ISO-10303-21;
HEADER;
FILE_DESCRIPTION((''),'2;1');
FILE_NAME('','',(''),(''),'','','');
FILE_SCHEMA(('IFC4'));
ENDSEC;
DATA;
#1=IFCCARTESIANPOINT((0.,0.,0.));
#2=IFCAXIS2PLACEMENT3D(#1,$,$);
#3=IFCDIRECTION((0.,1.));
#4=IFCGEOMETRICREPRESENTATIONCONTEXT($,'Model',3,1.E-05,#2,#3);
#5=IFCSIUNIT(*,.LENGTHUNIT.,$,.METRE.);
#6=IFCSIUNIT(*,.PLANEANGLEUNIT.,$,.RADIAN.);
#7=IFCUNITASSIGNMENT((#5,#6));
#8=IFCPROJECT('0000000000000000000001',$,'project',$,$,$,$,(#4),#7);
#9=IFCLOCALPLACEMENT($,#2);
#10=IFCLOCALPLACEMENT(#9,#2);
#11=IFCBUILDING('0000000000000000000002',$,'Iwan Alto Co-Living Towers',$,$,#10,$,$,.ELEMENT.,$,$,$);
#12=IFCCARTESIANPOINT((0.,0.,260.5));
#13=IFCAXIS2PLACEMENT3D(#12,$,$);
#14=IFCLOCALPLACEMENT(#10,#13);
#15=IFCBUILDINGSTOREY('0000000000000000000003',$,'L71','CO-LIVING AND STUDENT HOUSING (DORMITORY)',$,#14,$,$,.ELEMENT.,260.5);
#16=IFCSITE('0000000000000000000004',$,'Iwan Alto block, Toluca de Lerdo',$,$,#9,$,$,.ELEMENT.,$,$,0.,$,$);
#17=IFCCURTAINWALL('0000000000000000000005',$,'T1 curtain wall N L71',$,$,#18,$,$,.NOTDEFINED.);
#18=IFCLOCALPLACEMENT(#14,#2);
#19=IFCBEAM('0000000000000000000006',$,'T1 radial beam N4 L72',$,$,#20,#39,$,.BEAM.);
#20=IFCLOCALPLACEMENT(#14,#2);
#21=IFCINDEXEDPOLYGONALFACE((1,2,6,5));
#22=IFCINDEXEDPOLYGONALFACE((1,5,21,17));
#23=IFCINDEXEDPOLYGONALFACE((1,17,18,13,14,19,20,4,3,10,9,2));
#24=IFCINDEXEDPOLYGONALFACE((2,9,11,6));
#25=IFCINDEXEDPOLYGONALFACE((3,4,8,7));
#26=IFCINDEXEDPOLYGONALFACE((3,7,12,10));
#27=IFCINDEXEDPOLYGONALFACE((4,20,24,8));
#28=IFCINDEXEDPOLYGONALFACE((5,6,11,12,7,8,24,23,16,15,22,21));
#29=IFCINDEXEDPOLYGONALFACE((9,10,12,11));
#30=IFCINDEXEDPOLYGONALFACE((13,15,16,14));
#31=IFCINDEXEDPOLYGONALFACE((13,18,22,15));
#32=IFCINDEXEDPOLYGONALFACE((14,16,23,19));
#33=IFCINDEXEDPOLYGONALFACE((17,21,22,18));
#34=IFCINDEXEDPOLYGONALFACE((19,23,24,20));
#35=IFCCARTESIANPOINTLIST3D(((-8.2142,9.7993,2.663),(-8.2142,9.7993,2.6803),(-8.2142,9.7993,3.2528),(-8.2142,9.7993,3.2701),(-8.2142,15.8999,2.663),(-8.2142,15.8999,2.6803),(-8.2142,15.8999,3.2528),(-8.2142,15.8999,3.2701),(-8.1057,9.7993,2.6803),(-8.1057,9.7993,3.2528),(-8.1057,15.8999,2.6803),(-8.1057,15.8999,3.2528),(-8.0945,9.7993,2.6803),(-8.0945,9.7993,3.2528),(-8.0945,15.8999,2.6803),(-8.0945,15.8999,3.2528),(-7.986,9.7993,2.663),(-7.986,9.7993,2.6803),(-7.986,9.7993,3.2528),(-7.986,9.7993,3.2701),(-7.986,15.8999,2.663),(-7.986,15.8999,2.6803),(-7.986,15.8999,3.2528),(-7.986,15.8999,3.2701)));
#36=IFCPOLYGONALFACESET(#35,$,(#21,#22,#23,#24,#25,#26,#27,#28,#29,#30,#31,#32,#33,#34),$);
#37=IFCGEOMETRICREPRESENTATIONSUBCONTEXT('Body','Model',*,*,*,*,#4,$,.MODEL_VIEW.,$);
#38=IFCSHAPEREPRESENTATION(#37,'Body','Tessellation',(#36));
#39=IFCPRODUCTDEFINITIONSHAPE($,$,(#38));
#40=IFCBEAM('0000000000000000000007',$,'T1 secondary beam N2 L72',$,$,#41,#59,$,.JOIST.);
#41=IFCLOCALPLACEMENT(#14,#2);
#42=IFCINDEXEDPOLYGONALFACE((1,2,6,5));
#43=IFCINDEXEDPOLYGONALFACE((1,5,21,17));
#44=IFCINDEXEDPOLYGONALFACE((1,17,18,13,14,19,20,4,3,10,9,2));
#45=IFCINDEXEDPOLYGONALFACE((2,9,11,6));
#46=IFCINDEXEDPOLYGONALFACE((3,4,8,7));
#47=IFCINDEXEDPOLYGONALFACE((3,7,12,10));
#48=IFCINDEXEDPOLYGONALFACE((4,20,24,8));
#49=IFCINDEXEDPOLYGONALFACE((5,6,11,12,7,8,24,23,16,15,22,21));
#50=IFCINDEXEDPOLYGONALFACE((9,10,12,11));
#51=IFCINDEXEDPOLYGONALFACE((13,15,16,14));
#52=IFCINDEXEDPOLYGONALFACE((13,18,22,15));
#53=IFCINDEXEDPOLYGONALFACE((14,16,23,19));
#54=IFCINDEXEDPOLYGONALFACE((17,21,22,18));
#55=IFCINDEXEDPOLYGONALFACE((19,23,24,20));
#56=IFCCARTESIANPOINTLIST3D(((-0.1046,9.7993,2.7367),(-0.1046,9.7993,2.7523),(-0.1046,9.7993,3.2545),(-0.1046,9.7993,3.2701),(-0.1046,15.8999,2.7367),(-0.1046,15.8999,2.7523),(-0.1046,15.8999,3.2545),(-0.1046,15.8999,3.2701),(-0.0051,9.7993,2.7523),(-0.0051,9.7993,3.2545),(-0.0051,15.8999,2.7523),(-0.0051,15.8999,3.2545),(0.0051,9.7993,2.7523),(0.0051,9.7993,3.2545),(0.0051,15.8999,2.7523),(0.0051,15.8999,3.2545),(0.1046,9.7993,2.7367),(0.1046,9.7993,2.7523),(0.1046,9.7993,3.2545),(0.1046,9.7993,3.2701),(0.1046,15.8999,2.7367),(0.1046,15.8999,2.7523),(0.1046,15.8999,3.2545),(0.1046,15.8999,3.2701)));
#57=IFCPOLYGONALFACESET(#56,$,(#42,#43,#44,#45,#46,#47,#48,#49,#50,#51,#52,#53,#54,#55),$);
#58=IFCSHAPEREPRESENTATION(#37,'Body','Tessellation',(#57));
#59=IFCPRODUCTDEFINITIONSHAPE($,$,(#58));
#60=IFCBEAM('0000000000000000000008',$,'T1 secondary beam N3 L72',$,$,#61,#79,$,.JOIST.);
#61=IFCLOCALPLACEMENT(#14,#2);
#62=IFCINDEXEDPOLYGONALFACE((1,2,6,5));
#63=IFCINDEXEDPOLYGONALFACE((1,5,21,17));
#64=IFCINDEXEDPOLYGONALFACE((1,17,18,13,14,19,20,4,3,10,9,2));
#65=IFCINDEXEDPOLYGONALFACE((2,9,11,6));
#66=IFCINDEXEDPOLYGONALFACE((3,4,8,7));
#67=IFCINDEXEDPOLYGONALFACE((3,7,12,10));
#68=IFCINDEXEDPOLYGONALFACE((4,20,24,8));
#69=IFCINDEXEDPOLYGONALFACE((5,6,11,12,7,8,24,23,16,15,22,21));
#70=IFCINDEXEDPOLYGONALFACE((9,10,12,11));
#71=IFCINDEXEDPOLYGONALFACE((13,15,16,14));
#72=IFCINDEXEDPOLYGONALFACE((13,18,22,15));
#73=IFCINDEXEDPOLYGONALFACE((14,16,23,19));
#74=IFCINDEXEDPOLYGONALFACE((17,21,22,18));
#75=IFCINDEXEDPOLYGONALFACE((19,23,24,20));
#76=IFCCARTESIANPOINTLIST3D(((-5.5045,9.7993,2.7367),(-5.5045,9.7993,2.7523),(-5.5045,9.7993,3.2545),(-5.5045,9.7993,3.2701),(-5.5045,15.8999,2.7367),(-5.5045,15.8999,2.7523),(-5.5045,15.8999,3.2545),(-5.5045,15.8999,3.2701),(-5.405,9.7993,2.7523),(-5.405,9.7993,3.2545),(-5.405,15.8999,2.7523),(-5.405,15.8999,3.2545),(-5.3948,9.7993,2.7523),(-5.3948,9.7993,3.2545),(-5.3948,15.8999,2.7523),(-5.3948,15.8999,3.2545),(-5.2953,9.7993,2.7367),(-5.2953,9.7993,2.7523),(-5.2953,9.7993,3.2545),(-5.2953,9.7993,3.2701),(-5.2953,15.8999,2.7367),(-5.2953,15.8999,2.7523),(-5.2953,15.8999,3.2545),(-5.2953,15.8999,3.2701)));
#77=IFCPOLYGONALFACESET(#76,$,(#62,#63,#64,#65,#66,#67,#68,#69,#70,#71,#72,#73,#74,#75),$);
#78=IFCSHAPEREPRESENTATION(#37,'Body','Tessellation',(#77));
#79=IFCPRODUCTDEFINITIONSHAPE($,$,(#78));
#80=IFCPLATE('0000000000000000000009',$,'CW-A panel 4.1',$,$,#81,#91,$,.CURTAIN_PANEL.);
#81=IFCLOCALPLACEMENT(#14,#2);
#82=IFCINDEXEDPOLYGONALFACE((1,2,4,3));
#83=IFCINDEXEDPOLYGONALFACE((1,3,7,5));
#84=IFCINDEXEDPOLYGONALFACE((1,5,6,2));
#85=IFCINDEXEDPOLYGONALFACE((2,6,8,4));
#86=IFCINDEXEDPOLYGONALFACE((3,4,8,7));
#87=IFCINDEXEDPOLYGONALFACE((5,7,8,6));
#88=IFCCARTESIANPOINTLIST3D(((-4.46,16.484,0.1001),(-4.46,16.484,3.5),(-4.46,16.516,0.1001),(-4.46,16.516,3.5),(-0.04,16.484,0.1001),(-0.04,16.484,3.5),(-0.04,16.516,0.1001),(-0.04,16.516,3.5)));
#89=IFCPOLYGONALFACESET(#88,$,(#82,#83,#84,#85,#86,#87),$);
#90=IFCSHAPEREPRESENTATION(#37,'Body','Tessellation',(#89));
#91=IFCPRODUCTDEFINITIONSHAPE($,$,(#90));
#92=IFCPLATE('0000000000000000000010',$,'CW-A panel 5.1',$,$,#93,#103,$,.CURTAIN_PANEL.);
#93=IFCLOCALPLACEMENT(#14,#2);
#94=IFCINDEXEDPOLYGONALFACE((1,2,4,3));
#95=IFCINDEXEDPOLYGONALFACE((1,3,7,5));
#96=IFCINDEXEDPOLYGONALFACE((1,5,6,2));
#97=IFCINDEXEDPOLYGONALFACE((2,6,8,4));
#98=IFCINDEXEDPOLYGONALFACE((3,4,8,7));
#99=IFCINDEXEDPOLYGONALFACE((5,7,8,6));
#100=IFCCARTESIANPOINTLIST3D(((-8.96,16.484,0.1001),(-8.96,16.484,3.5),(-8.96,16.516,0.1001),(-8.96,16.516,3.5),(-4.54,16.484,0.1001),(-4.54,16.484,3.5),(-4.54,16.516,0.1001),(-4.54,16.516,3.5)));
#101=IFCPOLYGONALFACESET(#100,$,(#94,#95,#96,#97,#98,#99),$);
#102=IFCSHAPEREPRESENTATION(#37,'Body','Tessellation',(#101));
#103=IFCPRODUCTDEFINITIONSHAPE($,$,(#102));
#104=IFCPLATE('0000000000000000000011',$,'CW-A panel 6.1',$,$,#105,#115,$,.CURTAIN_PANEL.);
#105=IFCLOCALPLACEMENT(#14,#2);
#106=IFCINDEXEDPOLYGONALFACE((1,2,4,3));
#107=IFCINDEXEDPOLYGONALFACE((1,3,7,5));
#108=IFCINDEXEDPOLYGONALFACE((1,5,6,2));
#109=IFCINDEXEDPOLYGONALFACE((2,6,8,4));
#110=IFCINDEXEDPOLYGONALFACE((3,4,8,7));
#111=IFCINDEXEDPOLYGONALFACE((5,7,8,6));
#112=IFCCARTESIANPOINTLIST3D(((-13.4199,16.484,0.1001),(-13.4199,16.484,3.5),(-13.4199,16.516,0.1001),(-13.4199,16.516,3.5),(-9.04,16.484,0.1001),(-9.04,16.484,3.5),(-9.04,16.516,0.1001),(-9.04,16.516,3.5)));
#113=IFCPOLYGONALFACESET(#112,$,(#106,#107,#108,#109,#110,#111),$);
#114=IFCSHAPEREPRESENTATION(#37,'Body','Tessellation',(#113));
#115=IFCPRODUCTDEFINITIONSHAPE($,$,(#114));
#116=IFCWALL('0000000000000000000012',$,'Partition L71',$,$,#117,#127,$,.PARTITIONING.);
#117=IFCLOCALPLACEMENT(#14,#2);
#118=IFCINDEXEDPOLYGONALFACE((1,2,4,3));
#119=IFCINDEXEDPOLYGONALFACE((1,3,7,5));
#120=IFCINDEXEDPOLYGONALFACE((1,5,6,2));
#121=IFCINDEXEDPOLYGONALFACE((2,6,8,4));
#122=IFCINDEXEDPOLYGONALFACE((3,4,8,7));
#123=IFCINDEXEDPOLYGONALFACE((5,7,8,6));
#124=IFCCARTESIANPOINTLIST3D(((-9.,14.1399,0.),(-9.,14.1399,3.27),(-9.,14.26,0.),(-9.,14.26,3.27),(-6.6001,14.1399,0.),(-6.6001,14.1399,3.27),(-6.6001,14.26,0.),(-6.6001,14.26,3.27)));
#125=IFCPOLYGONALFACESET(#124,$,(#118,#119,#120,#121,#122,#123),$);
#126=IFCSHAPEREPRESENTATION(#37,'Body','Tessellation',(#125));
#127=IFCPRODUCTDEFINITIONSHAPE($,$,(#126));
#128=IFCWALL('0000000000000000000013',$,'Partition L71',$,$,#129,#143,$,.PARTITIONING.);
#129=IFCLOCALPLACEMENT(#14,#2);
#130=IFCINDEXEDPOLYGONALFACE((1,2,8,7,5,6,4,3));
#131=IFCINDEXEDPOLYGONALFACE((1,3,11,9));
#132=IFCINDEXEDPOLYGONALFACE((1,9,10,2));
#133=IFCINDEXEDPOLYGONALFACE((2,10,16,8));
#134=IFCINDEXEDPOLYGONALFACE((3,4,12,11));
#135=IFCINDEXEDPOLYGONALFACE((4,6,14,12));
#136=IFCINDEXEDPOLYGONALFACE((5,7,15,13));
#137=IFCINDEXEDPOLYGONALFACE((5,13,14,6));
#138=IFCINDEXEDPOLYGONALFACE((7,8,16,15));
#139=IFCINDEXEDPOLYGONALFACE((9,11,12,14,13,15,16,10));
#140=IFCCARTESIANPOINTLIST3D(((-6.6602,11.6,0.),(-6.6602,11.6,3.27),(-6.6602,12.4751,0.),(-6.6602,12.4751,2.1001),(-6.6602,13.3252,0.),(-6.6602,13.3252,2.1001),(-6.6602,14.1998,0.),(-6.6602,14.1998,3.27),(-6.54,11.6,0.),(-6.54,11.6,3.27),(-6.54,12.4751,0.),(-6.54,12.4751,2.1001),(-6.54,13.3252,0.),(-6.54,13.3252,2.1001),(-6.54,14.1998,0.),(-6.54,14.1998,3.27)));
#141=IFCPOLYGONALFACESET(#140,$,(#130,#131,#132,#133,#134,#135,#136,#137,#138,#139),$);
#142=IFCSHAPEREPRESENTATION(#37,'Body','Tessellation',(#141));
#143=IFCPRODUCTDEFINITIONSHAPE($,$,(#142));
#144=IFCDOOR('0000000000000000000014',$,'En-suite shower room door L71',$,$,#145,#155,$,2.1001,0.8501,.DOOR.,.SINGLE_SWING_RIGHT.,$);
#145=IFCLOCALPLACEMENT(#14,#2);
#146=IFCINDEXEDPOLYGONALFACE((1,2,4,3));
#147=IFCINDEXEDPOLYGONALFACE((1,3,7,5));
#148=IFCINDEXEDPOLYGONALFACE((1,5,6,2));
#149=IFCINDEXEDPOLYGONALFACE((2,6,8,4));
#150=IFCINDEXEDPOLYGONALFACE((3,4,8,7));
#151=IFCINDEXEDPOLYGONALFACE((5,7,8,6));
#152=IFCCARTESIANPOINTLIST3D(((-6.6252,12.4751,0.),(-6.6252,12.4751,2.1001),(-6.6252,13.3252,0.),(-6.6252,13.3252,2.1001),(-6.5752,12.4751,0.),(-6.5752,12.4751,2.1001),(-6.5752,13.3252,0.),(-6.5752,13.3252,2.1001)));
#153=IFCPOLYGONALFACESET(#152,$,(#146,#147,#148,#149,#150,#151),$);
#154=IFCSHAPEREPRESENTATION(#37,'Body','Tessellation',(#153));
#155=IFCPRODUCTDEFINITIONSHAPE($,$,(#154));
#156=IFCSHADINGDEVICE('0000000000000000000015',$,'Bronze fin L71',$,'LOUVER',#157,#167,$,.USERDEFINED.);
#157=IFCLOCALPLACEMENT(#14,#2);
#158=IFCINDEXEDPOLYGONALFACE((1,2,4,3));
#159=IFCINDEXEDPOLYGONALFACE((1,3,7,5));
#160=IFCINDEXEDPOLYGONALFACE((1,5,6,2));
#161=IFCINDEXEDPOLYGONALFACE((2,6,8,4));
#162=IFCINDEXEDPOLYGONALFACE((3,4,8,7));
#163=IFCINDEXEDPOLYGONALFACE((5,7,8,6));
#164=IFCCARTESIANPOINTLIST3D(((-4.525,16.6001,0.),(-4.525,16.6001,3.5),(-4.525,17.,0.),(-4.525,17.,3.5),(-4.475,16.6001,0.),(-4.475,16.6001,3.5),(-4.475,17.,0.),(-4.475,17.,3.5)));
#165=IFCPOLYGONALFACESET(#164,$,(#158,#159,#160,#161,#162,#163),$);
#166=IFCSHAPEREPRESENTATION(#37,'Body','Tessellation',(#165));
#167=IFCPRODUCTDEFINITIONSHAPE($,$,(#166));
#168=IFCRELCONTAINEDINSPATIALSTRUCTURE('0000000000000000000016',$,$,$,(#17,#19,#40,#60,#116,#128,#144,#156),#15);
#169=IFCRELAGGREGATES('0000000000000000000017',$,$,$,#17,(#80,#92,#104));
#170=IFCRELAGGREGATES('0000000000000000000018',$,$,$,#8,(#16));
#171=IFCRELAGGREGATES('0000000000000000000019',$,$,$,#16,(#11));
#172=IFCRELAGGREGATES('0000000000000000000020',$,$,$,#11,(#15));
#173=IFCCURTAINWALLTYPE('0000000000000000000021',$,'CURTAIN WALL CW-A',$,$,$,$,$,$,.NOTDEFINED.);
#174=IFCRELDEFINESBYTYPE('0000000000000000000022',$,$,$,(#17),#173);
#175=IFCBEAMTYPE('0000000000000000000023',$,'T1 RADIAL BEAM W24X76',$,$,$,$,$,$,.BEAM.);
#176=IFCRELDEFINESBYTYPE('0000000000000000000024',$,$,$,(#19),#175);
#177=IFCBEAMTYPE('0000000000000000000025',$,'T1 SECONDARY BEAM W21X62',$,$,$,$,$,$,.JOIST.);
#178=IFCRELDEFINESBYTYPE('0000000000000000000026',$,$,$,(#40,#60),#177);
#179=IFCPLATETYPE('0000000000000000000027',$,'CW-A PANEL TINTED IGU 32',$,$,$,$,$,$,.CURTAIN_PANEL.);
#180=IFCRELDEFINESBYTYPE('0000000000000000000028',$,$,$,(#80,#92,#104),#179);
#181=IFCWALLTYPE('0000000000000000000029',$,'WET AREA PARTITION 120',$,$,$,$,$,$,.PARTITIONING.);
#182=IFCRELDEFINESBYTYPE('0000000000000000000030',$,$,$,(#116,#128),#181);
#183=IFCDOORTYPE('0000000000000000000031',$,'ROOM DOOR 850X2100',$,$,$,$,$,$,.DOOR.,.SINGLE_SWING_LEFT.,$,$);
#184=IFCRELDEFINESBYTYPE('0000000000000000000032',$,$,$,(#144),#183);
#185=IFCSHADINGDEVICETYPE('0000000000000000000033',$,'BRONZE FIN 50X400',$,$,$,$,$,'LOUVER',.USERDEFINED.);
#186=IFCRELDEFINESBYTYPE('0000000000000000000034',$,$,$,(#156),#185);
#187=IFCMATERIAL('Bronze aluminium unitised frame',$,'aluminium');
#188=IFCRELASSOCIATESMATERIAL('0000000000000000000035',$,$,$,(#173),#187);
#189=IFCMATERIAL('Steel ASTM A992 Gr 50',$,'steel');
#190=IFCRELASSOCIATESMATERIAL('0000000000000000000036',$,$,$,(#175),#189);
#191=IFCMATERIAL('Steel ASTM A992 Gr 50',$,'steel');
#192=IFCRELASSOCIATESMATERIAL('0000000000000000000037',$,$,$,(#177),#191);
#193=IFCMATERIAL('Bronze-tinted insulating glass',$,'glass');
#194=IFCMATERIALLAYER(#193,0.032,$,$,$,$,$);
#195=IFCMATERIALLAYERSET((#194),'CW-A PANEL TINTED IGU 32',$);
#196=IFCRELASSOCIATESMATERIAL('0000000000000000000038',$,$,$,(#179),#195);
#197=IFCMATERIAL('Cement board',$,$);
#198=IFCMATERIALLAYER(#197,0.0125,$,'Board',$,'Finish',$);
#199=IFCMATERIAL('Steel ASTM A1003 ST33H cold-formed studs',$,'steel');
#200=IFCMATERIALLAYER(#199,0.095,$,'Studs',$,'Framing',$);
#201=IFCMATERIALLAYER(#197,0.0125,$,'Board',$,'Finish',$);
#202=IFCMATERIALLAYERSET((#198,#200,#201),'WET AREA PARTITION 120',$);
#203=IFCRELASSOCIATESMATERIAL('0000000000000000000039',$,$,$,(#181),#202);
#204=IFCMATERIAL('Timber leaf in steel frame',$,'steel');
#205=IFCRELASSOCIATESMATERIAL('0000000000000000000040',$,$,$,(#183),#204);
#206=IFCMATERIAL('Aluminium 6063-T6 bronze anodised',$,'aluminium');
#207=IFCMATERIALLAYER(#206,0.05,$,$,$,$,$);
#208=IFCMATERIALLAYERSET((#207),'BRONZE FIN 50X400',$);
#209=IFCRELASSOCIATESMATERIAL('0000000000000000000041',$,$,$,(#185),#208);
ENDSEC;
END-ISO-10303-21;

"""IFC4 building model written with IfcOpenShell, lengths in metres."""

from ifc_helpers import new_model, si_unit, direction, frame, frame_2d, origin, origin_2d, place, context, subcontext, project, spatial, rectangle, i_section, extrude, material, layer, layer_set, material_profile, profile_set, type_object, element, fill, aggregate, save


model = new_model("IFC4")

# Units and contexts
model_context = context("Model", 3, precision=1e-05, world=origin(), true_north=direction((0.0, 1.0)))
body_context = subcontext(model_context, "Body", "Model", "MODEL_VIEW")
ifc_project = project(units=[si_unit("LENGTHUNIT", "METRE"), si_unit("PLANEANGLEUNIT", "RADIAN")], contexts=[model_context])

# Site, building, storey
site_placement = place(None, origin())
site = spatial("IfcSite", under=ifc_project, at=site_placement, Name="Iwan Alto block, Toluca de Lerdo", CompositionType="ELEMENT", RefElevation=0.0)
building_placement = place(site_placement, origin())
building = spatial("IfcBuilding", under=site, at=building_placement, Name="Iwan Alto Co-Living Towers", CompositionType="ELEMENT")
storey_placement = place(building_placement, frame((0.0, 0.0, 260.5)))
storey = spatial("IfcBuildingStorey", under=building, at=storey_placement, Name="L71", Description="CO-LIVING AND STUDENT HOUSING (DORMITORY)", CompositionType="ELEMENT", Elevation=260.5)

# Curtain wall
ifc_material_1 = material(Name="Bronze aluminium unitised frame", Category="aluminium")
curtain_wall_type = type_object("IfcCurtainWallType", Name="CURTAIN WALL CW-A", PredefinedType="NOTDEFINED", material=ifc_material_1)
curtain_wall_placement = place(storey_placement, origin())
curtain_wall = element("IfcCurtainWall", 1, at=curtain_wall_placement, inside=storey, type_object=curtain_wall_type, Name="T1 curtain wall N L71", PredefinedType="NOTDEFINED")

# Beams
ifc_material_2 = material(Name="Steel ASTM A992 Gr 50", Category="steel")
ifc_material_profile_1 = material_profile(ifc_material_2, i_section(OverallWidth=0.2283, OverallDepth=0.6072, WebThickness=0.0112, FlangeThickness=0.0173, at=origin_2d()), Name="W24X76")
ifc_profile_set_1 = profile_set([ifc_material_profile_1], Name="Steel ASTM A992 Gr 50")
beam_type_1 = type_object("IfcBeamType", Name="T1 RADIAL BEAM W24X76", PredefinedType="BEAM", material=ifc_profile_set_1)
for number, where, z_axis, x_axis, name in (
    (2, (-8.1001, 15.8999, 2.9666), (0.0, -1.0, 0.0), (1.0, 0.0, 0.0), "T1 radial beam N4 L72"),
):
    element("IfcBeam", number, at=place(storey_placement, frame(where, z_axis=z_axis, x_axis=x_axis)), inside=storey, type_object=beam_type_1, Name=name, PredefinedType="BEAM", context=body_context, shape_type="SweptSolid", body=[
        extrude(i_section(OverallWidth=0.2283, OverallDepth=0.6072, WebThickness=0.0112, FlangeThickness=0.0173, at=origin_2d()), origin(), (0.0, 0.0, 1.0), 6.1006),
    ])
ifc_material_3 = material(Name="Steel ASTM A992 Gr 50", Category="steel")
ifc_material_profile_2 = material_profile(ifc_material_3, i_section(OverallWidth=0.2092, OverallDepth=0.5334, WebThickness=0.0103, FlangeThickness=0.0156, at=origin_2d()), Name="W21X62")
ifc_profile_set_2 = profile_set([ifc_material_profile_2], Name="Steel ASTM A992 Gr 50")
beam_type_2 = type_object("IfcBeamType", Name="T1 SECONDARY BEAM W21X62", PredefinedType="JOIST", material=ifc_profile_set_2)
for number, where, z_axis, x_axis, name in (
    (3, (0.0, 15.8999, 3.0034), (0.0, -1.0, 0.0), (1.0, 0.0, 0.0), "T1 secondary beam N2 L72"),
    (4, (-5.3999, 15.8999, 3.0034), (0.0, -1.0, 0.0), (1.0, 0.0, 0.0), "T1 secondary beam N3 L72"),
):
    element("IfcBeam", number, at=place(storey_placement, frame(where, z_axis=z_axis, x_axis=x_axis)), inside=storey, type_object=beam_type_2, Name=name, PredefinedType="JOIST", context=body_context, shape_type="SweptSolid", body=[
        extrude(i_section(OverallWidth=0.2092, OverallDepth=0.5334, WebThickness=0.0103, FlangeThickness=0.0156, at=origin_2d()), origin(), (0.0, 0.0, 1.0), 6.1006),
    ])

# Plates
ifc_material_4 = material(Name="Bronze-tinted insulating glass", Category="glass")
ifc_layer_1 = layer(ifc_material_4, 0.032)
ifc_layer_set_1 = layer_set([ifc_layer_1], Name="CW-A PANEL TINTED IGU 32")
plate_type = type_object("IfcPlateType", Name="CW-A PANEL TINTED IGU 32", PredefinedType="CURTAIN_PANEL", material=ifc_layer_set_1)
plate_1_placement = place(storey_placement, frame((-2.25, 16.5, 0.1001), z_axis=(0.0, 0.0, 1.0), x_axis=(-1.0, 0.0, 0.0)))
plate_1 = element("IfcPlate", 5, at=plate_1_placement, type_object=plate_type, Name="CW-A panel 4.1", PredefinedType="CURTAIN_PANEL", context=body_context, shape_type="SweptSolid", body=[
    extrude(rectangle(XDim=4.4199, YDim=0.032, at=origin_2d()), origin(), (0.0, 0.0, 1.0), 3.3999),
])
plate_2_placement = place(storey_placement, frame((-6.75, 16.5, 0.1001), z_axis=(0.0, 0.0, 1.0), x_axis=(-1.0, 0.0, 0.0)))
plate_2 = element("IfcPlate", 6, at=plate_2_placement, type_object=plate_type, Name="CW-A panel 5.1", PredefinedType="CURTAIN_PANEL", context=body_context, shape_type="SweptSolid", body=[
    extrude(rectangle(XDim=4.4199, YDim=0.032, at=origin_2d()), origin(), (0.0, 0.0, 1.0), 3.3999),
])
plate_3_placement = place(storey_placement, frame((-11.23, 16.5, 0.1001), z_axis=(0.0, 0.0, 1.0), x_axis=(-1.0, 0.0, 0.0)))
plate_3 = element("IfcPlate", 7, at=plate_3_placement, type_object=plate_type, Name="CW-A panel 6.1", PredefinedType="CURTAIN_PANEL", context=body_context, shape_type="SweptSolid", body=[
    extrude(rectangle(XDim=4.3799, YDim=0.032, at=origin_2d()), origin(), (0.0, 0.0, 1.0), 3.3999),
])
aggregate(curtain_wall, [plate_1, plate_2, plate_3])

# Wall
ifc_material_5 = material(Name="Cement board")
ifc_layer_2 = layer(ifc_material_5, 0.0125, Name="Board", Category="Finish")
ifc_material_6 = material(Name="Steel ASTM A1003 ST33H cold-formed studs", Category="steel")
ifc_layer_3 = layer(ifc_material_6, 0.095, Name="Studs", Category="Framing")
ifc_layer_4 = layer(ifc_material_5, 0.0125, Name="Board", Category="Finish")
ifc_layer_set_2 = layer_set([ifc_layer_2, ifc_layer_3, ifc_layer_4], Name="WET AREA PARTITION 120")
wall_type = type_object("IfcWallType", Name="WET AREA PARTITION 120", PredefinedType="PARTITIONING", material=ifc_layer_set_2)
wall_1_placement = place(storey_placement, frame((-9.0, 14.2, 0.0), z_axis=(0.0, 0.0, 1.0), x_axis=(1.0, 0.0, 0.0)))
element("IfcWall", 8, at=wall_1_placement, inside=storey, type_object=wall_type, Name="Partition L71", PredefinedType="PARTITIONING", context=body_context, shape_type="SweptSolid", body=[
    extrude(rectangle(XDim=2.3999, YDim=0.1201, at=frame_2d((1.2, 0.0))), origin(), (0.0, 0.0, 1.0), 3.27),
])

# Wall, opening, door
wall_2_placement = place(storey_placement, frame((-6.6001, 11.6001, 0.0), z_axis=(0.0, 0.0, 1.0), x_axis=(0.0, 1.0, 0.0)))
wall_2 = element("IfcWall", 9, at=wall_2_placement, inside=storey, type_object=wall_type, Name="Partition L71", PredefinedType="PARTITIONING", context=body_context, shape_type="SweptSolid", body=[
    extrude(rectangle(XDim=2.5999, YDim=0.1201, at=frame_2d((1.2998, 0.0))), origin(), (0.0, 0.0, 1.0), 3.27),
])
opening_placement = place(wall_2_placement, frame((0.875, 0.0, 0.0)))
opening = element("IfcOpeningElement", 10, at=opening_placement, cuts=wall_2, PredefinedType="OPENING", context=body_context, shape_type="SweptSolid", body=[
    extrude(rectangle(XDim=0.8501, YDim=2.1001, at=frame_2d((0.425, 1.05))), frame((0.0, 0.0701, 0.0), z_axis=(0.0, -1.0, 0.0), x_axis=(1.0, 0.0, 0.0)), (0.0, 0.0, 1.0), 0.1401),
])
ifc_material_7 = material(Name="Timber leaf in steel frame", Category="steel")
door_type = type_object("IfcDoorType", Name="ROOM DOOR 850X2100", OperationType="SINGLE_SWING_LEFT", PredefinedType="DOOR", material=ifc_material_7)
door_placement = place(opening_placement, frame((0.8501, 0.0, 0.0), z_axis=(0.0, 0.0, 1.0), x_axis=(-1.0, 0.0, 0.0)))
door = element("IfcDoor", 11, at=door_placement, inside=storey, type_object=door_type, Name="En-suite shower room door L71", OperationType="SINGLE_SWING_RIGHT", OverallHeight=2.1001, OverallWidth=0.8501, PredefinedType="DOOR", context=body_context, shape_type="SweptSolid", body=[
    extrude(rectangle(XDim=0.8501, YDim=2.1001, at=frame_2d((0.425, 1.05))), frame((0.0, 0.0249, 0.0), z_axis=(0.0, -1.0, 0.0), x_axis=(1.0, 0.0, 0.0)), (0.0, 0.0, 1.0), 0.05),
])
fill(opening, door)

# Shading device
ifc_material_8 = material(Name="Aluminium 6063-T6 bronze anodised", Category="aluminium")
ifc_layer_5 = layer(ifc_material_8, 0.05)
ifc_layer_set_3 = layer_set([ifc_layer_5], Name="BRONZE FIN 50X400")
shading_device_type = type_object("IfcShadingDeviceType", Name="BRONZE FIN 50X400", ElementType="LOUVER", PredefinedType="USERDEFINED", material=ifc_layer_set_3)
shading_device_placement = place(storey_placement, frame((-4.5, 16.8, 0.0), z_axis=(0.0, 0.0, 1.0), x_axis=(-1.0, 0.0, 0.0)))
element("IfcShadingDevice", 12, at=shading_device_placement, inside=storey, type_object=shading_device_type, Name="Bronze fin L71", ObjectType="LOUVER", PredefinedType="USERDEFINED", context=body_context, shape_type="SweptSolid", body=[
    extrude(rectangle(XDim=0.05, YDim=0.3999, at=origin_2d()), origin(), (0.0, 0.0, 1.0), 3.5),
])

save(model, "model.ifc")
